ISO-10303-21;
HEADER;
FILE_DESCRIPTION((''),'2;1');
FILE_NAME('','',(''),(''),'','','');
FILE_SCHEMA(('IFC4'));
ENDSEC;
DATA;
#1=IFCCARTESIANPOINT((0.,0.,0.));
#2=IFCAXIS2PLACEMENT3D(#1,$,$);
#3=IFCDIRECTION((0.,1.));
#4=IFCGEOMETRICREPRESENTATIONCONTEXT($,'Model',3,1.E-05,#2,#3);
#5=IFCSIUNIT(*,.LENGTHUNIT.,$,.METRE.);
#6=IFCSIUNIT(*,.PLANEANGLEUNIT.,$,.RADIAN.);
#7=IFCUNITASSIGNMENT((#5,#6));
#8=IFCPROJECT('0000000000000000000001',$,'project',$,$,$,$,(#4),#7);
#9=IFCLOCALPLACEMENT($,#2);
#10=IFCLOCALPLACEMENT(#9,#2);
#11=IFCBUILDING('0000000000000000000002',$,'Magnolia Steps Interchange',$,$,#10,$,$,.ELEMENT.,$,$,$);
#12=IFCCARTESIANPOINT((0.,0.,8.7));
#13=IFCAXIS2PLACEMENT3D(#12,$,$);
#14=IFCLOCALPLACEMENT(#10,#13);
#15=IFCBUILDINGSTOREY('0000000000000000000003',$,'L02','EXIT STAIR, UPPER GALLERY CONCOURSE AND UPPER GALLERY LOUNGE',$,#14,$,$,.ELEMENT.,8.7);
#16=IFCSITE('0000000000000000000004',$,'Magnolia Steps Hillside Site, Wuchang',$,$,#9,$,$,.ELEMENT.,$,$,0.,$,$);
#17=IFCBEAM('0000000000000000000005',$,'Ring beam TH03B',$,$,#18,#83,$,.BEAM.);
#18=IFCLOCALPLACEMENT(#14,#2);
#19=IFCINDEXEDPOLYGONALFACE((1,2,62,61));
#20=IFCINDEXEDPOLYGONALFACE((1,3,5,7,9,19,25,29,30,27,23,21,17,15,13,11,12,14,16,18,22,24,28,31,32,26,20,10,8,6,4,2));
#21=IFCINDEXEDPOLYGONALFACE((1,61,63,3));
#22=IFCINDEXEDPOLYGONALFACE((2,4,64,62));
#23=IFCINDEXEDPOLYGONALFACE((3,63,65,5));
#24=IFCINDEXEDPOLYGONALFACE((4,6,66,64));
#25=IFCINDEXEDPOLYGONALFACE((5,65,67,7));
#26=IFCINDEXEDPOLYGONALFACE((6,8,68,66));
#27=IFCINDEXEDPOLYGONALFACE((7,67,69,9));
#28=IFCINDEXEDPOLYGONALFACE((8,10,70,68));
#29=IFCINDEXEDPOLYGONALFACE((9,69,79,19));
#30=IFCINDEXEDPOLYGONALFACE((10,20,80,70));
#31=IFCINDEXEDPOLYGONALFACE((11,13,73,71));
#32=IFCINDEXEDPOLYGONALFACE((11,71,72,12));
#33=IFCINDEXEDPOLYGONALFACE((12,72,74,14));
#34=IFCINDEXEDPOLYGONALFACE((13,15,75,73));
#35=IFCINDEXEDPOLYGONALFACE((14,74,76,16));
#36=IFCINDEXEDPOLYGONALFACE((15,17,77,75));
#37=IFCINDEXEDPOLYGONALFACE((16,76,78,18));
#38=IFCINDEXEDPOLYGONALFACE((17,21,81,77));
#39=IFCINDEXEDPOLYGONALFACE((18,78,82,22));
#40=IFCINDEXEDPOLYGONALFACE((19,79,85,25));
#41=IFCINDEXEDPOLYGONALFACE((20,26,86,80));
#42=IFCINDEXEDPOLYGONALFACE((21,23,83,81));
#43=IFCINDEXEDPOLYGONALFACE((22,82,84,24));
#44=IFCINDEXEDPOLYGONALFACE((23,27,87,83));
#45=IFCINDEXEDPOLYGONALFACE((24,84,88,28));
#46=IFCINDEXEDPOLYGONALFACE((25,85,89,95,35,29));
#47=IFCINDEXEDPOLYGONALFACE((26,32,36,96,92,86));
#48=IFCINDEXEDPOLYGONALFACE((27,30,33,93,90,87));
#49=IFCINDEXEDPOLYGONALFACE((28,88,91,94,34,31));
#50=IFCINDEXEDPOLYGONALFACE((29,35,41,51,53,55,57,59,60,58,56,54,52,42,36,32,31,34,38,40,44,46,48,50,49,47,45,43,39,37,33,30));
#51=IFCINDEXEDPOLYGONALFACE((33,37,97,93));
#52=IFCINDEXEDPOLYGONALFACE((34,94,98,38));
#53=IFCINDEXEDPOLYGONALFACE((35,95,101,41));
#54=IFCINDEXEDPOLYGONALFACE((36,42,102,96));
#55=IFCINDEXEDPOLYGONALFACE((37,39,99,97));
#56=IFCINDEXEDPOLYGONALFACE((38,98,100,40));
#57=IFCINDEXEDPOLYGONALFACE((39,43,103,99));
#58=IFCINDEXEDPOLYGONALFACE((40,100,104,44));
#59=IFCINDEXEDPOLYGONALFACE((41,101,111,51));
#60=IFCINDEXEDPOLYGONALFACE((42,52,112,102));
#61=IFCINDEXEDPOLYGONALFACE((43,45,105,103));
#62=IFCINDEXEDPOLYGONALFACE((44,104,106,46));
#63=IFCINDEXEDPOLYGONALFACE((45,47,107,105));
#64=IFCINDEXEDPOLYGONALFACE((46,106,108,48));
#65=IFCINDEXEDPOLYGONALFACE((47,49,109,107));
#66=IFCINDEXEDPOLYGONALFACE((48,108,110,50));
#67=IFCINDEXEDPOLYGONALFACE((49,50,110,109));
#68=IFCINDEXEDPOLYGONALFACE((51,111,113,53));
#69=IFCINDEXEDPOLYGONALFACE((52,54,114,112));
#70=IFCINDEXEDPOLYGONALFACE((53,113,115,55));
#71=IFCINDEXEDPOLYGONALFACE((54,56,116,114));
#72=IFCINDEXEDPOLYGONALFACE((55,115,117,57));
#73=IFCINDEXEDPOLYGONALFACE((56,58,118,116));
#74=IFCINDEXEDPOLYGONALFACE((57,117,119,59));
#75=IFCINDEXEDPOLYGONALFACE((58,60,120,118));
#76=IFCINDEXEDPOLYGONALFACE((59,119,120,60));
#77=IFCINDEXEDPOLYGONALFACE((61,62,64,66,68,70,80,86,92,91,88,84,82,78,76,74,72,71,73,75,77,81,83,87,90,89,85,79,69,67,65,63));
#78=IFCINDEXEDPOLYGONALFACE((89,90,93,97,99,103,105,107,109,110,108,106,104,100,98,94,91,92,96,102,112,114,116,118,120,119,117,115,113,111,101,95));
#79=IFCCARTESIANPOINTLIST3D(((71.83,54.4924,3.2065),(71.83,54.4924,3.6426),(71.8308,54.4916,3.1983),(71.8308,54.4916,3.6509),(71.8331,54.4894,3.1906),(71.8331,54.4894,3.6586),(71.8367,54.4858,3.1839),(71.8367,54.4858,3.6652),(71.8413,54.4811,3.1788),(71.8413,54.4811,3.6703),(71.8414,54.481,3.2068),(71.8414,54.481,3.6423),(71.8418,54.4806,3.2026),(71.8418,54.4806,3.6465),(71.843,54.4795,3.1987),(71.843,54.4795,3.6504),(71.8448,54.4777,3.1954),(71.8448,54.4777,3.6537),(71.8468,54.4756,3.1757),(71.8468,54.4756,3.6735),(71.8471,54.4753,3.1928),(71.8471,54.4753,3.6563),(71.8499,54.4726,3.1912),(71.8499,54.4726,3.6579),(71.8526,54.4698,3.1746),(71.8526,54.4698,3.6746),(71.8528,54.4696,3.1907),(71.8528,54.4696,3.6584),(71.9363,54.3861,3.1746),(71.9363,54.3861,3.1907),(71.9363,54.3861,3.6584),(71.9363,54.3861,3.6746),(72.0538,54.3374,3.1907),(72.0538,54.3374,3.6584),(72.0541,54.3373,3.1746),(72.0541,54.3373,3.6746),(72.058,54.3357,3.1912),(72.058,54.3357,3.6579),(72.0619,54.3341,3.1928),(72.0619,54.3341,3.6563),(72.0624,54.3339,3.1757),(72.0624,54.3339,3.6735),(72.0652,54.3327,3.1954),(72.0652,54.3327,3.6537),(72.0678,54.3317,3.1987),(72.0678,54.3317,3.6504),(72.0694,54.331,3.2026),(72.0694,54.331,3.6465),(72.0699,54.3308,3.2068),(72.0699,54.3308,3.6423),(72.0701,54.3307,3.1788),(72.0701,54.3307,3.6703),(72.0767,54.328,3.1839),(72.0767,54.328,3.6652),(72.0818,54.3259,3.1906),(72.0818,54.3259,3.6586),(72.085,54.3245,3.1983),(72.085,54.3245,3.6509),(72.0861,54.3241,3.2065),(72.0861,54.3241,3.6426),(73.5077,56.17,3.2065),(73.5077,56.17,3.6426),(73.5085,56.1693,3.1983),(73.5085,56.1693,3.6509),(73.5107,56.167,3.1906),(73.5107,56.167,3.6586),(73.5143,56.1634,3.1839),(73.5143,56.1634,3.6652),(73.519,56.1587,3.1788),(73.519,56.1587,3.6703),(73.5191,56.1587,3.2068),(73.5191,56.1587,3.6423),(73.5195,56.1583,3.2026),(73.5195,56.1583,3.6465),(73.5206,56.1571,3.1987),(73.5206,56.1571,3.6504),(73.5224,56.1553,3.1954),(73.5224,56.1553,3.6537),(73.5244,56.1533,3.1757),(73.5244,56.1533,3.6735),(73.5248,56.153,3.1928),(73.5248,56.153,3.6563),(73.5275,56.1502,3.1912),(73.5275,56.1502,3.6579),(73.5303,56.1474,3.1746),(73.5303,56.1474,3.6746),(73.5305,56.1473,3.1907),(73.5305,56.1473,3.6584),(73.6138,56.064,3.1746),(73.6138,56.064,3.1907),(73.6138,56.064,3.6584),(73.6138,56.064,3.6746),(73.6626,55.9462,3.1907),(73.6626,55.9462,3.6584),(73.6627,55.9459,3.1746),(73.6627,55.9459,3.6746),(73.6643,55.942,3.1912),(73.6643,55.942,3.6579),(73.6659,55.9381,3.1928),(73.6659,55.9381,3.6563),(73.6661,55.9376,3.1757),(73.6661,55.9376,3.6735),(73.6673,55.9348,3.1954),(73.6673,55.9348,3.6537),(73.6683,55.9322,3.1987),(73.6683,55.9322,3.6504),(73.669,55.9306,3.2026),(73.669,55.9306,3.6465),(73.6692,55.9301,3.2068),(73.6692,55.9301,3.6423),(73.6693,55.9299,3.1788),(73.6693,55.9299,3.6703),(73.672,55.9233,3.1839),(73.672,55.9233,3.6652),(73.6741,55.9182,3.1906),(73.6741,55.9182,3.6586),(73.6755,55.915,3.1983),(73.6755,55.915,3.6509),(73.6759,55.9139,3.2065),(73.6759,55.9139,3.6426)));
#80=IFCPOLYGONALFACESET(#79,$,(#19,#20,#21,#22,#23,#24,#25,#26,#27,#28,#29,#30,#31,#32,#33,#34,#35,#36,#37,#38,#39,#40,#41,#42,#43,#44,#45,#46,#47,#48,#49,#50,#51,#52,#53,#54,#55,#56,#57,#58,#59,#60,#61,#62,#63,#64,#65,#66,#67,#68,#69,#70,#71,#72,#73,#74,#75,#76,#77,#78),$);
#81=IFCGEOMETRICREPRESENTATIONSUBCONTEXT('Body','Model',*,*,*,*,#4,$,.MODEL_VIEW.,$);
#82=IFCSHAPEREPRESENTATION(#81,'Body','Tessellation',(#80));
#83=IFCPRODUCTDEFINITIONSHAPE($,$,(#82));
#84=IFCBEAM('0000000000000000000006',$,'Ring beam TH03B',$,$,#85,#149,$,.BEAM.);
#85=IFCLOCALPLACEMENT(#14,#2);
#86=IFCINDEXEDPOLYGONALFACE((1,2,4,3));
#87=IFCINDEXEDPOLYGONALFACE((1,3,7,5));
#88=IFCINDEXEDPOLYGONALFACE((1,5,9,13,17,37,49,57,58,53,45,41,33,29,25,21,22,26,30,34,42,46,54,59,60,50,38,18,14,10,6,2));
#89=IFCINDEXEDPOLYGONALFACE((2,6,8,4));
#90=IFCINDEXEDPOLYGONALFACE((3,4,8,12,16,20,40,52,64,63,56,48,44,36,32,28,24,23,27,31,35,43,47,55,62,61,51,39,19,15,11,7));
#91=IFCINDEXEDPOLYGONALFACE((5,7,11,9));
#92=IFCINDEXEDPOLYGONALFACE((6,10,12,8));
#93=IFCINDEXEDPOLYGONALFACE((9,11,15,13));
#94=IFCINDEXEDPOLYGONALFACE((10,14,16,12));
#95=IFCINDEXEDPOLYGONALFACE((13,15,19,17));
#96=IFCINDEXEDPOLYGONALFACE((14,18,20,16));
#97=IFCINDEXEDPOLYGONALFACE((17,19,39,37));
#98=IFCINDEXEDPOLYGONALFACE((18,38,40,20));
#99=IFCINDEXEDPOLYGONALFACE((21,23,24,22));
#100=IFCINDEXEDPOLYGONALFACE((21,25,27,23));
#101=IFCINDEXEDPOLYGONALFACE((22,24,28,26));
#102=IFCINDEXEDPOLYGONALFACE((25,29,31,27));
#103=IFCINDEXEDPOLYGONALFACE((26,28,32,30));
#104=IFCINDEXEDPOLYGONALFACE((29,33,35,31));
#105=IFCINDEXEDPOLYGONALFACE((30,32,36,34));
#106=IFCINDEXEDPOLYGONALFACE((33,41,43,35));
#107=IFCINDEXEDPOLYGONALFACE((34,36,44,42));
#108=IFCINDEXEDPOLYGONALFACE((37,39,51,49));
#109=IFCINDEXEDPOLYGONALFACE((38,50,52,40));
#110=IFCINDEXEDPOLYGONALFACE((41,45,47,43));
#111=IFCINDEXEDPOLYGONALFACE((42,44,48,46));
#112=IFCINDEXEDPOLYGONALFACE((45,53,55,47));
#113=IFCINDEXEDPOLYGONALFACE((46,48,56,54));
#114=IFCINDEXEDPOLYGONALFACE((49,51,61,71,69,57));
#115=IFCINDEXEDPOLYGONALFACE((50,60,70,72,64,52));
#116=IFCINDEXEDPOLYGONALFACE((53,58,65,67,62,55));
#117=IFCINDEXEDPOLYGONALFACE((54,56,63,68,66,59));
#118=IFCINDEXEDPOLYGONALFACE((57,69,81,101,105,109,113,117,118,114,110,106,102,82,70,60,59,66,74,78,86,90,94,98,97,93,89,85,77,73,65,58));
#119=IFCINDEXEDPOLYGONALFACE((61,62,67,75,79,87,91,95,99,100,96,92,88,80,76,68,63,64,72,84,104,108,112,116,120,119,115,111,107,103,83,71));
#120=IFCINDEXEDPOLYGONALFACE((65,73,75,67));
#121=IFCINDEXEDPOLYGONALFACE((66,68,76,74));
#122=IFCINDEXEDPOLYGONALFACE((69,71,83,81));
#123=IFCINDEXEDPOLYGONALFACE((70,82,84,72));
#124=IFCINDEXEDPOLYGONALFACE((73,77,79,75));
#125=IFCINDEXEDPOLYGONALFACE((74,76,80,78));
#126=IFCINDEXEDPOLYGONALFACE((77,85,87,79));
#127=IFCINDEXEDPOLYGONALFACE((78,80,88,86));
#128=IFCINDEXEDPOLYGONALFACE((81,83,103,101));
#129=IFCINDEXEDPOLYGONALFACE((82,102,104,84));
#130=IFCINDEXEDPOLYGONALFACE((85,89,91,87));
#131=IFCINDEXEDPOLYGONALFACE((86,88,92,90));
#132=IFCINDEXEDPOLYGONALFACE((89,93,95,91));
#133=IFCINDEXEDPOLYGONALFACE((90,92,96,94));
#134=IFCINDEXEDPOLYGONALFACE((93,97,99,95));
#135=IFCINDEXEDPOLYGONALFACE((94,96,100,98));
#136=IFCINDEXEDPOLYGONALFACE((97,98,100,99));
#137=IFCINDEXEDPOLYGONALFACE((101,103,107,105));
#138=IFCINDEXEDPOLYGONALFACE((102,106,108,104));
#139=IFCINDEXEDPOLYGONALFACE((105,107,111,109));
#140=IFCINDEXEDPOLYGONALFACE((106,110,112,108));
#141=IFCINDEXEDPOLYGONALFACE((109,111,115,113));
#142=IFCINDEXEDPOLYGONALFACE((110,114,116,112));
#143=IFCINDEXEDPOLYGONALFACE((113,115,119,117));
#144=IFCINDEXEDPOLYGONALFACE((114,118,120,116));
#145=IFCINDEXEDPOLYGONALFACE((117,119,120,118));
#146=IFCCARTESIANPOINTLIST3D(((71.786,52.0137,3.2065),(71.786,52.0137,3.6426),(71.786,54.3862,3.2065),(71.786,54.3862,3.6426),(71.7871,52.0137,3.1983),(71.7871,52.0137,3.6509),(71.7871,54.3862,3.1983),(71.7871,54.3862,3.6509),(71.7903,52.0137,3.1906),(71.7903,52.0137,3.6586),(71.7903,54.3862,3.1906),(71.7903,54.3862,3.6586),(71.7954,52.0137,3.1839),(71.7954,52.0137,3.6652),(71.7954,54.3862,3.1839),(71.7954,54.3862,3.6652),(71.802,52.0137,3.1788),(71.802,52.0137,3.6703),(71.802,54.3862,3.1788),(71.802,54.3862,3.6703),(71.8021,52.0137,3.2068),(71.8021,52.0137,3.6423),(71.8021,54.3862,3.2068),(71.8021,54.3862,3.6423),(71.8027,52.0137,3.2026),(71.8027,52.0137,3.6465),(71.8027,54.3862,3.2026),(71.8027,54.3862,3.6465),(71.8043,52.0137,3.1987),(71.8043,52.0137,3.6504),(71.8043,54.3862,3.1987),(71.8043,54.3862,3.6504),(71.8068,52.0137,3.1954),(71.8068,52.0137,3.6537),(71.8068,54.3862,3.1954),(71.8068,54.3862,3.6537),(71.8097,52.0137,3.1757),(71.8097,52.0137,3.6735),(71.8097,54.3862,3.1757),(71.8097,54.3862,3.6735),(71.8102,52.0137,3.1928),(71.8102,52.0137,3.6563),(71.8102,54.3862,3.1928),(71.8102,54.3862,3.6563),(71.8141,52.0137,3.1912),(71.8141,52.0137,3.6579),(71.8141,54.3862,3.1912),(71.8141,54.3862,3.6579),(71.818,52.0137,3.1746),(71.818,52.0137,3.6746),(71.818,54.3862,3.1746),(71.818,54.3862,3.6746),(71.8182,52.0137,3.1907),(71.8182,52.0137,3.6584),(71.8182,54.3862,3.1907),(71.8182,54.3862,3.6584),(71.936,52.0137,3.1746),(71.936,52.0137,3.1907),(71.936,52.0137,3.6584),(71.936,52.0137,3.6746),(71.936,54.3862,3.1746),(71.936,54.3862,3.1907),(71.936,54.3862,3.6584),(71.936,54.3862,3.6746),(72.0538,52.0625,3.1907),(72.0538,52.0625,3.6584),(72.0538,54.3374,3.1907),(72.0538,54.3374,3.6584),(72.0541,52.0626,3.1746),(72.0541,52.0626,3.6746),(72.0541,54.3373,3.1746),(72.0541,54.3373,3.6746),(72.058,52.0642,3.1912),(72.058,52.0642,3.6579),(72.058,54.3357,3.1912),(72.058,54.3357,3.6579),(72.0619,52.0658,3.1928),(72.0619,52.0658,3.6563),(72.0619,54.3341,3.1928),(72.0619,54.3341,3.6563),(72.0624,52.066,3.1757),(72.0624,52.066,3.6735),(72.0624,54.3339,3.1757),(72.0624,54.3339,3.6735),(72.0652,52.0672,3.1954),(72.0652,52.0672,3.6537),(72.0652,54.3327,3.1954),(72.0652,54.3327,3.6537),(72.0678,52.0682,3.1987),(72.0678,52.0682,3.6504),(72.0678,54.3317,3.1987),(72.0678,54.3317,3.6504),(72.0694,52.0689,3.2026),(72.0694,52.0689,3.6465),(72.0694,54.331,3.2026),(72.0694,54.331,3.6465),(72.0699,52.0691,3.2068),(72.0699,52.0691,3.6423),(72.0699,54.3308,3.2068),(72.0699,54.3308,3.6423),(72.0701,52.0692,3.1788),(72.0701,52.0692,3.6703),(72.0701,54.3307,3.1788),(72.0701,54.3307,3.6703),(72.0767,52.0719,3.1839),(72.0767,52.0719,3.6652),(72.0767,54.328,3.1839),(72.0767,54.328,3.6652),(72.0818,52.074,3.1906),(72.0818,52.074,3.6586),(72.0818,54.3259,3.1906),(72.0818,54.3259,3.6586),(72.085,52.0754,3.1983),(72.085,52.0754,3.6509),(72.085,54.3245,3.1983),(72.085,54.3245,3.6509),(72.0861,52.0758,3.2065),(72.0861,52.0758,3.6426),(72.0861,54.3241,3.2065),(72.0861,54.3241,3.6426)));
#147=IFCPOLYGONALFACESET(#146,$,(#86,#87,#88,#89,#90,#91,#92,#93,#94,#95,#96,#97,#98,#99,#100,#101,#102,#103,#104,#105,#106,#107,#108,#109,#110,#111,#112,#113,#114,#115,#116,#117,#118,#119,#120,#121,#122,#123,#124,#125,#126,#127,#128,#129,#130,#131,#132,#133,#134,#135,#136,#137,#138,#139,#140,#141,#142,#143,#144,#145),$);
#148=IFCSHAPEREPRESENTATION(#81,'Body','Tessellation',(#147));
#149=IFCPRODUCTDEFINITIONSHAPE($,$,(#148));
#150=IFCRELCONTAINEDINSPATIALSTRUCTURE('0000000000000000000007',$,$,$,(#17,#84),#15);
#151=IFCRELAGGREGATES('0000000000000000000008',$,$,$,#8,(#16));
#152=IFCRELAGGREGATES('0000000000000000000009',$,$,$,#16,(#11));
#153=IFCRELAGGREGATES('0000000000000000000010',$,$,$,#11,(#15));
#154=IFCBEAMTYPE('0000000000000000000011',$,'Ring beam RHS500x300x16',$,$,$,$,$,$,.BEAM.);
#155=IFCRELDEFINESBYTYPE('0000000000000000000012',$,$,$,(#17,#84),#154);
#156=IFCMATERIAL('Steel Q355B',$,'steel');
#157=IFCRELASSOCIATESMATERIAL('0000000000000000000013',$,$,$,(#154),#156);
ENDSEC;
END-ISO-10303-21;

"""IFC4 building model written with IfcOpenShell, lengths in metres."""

from ifc_helpers import new_model, si_unit, direction, frame, origin, origin_2d, place, context, subcontext, project, spatial, hollow_rectangle, extrude, clip, halfspace, material, material_profile, profile_set, type_object, element, save


model = new_model("IFC4")

# Units and contexts
model_context = context("Model", 3, precision=1e-05, world=origin(), true_north=direction((0.0, 1.0)))
body_context = subcontext(model_context, "Body", "Model", "MODEL_VIEW")
ifc_project = project(units=[si_unit("LENGTHUNIT", "METRE"), si_unit("PLANEANGLEUNIT", "RADIAN")], contexts=[model_context])

# Site, building, storey
site_placement = place(None, origin())
site = spatial("IfcSite", under=ifc_project, at=site_placement, Name="Magnolia Steps Hillside Site, Wuchang", CompositionType="ELEMENT", RefElevation=0.0)
building_placement = place(site_placement, origin())
building = spatial("IfcBuilding", under=site, at=building_placement, Name="Magnolia Steps Interchange", CompositionType="ELEMENT")
storey_placement = place(building_placement, frame((0.0, 0.0, 8.7)))
storey = spatial("IfcBuildingStorey", under=building, at=storey_placement, Name="L02", Description="EXIT STAIR, UPPER GALLERY CONCOURSE AND UPPER GALLERY LOUNGE", CompositionType="ELEMENT", Elevation=8.7)

# Beams
ifc_material_1 = material(Name="Steel Q355B", Category="steel")
ifc_material_profile_1 = material_profile(ifc_material_1, hollow_rectangle(XDim=0.3, YDim=0.5, WallThickness=0.0161, InnerFilletRadius=0.0161, OuterFilletRadius=0.032, at=origin_2d()), Name="RHS500x300x16")
ifc_profile_set_1 = profile_set([ifc_material_profile_1], Name="Steel Q355B")
beam_type = type_object("IfcBeamType", Name="Ring beam RHS500x300x16", PredefinedType="BEAM", material=ifc_profile_set_1)
beam_1_placement = place(storey_placement, frame((73.6138, 56.064, 3.4246), z_axis=(-0.707107, -0.707107, 0.0), x_axis=(0.707107, -0.707107, 0.0)))
element("IfcBeam", 1, at=beam_1_placement, inside=storey, type_object=beam_type, Name="Ring beam TH03B", PredefinedType="BEAM", context=body_context, shape_type="Clipping", body=[
    clip(clip(extrude(hollow_rectangle(XDim=0.3, YDim=0.5, WallThickness=0.0161, InnerFilletRadius=0.0161, OuterFilletRadius=0.032, at=origin_2d()), origin(), (0.0, 0.0, 1.0), 2.3726), halfspace(frame((0.0, 0.0, 0.0), z_axis=(0.382683, 0.0, -0.92388), x_axis=(0.92388, 0.0, 0.382683)), False)), halfspace(frame((0.0, 0.0, 2.3727), z_axis=(0.382683, 0.0, 0.92388), x_axis=(0.92388, 0.0, -0.382683)), False)),
])
beam_2_placement = place(storey_placement, frame((71.936, 54.3862, 3.4246), z_axis=(0.0, -1.0, 0.0), x_axis=(1.0, 0.0, 0.0)))
element("IfcBeam", 2, at=beam_2_placement, inside=storey, type_object=beam_type, Name="Ring beam TH03B", PredefinedType="BEAM", context=body_context, shape_type="Clipping", body=[
    clip(clip(extrude(hollow_rectangle(XDim=0.3, YDim=0.5, WallThickness=0.0161, InnerFilletRadius=0.0161, OuterFilletRadius=0.032, at=origin_2d()), origin(), (0.0, 0.0, 1.0), 2.3726), halfspace(frame((0.0, 0.0, 0.0), z_axis=(0.382683, 0.0, -0.92388), x_axis=(0.92388, 0.0, 0.382683)), False)), halfspace(frame((0.0, 0.0, 2.3726), z_axis=(0.382683, 0.0, 0.92388), x_axis=(0.92388, 0.0, -0.382683)), False)),
])

save(model, "model.ifc")
